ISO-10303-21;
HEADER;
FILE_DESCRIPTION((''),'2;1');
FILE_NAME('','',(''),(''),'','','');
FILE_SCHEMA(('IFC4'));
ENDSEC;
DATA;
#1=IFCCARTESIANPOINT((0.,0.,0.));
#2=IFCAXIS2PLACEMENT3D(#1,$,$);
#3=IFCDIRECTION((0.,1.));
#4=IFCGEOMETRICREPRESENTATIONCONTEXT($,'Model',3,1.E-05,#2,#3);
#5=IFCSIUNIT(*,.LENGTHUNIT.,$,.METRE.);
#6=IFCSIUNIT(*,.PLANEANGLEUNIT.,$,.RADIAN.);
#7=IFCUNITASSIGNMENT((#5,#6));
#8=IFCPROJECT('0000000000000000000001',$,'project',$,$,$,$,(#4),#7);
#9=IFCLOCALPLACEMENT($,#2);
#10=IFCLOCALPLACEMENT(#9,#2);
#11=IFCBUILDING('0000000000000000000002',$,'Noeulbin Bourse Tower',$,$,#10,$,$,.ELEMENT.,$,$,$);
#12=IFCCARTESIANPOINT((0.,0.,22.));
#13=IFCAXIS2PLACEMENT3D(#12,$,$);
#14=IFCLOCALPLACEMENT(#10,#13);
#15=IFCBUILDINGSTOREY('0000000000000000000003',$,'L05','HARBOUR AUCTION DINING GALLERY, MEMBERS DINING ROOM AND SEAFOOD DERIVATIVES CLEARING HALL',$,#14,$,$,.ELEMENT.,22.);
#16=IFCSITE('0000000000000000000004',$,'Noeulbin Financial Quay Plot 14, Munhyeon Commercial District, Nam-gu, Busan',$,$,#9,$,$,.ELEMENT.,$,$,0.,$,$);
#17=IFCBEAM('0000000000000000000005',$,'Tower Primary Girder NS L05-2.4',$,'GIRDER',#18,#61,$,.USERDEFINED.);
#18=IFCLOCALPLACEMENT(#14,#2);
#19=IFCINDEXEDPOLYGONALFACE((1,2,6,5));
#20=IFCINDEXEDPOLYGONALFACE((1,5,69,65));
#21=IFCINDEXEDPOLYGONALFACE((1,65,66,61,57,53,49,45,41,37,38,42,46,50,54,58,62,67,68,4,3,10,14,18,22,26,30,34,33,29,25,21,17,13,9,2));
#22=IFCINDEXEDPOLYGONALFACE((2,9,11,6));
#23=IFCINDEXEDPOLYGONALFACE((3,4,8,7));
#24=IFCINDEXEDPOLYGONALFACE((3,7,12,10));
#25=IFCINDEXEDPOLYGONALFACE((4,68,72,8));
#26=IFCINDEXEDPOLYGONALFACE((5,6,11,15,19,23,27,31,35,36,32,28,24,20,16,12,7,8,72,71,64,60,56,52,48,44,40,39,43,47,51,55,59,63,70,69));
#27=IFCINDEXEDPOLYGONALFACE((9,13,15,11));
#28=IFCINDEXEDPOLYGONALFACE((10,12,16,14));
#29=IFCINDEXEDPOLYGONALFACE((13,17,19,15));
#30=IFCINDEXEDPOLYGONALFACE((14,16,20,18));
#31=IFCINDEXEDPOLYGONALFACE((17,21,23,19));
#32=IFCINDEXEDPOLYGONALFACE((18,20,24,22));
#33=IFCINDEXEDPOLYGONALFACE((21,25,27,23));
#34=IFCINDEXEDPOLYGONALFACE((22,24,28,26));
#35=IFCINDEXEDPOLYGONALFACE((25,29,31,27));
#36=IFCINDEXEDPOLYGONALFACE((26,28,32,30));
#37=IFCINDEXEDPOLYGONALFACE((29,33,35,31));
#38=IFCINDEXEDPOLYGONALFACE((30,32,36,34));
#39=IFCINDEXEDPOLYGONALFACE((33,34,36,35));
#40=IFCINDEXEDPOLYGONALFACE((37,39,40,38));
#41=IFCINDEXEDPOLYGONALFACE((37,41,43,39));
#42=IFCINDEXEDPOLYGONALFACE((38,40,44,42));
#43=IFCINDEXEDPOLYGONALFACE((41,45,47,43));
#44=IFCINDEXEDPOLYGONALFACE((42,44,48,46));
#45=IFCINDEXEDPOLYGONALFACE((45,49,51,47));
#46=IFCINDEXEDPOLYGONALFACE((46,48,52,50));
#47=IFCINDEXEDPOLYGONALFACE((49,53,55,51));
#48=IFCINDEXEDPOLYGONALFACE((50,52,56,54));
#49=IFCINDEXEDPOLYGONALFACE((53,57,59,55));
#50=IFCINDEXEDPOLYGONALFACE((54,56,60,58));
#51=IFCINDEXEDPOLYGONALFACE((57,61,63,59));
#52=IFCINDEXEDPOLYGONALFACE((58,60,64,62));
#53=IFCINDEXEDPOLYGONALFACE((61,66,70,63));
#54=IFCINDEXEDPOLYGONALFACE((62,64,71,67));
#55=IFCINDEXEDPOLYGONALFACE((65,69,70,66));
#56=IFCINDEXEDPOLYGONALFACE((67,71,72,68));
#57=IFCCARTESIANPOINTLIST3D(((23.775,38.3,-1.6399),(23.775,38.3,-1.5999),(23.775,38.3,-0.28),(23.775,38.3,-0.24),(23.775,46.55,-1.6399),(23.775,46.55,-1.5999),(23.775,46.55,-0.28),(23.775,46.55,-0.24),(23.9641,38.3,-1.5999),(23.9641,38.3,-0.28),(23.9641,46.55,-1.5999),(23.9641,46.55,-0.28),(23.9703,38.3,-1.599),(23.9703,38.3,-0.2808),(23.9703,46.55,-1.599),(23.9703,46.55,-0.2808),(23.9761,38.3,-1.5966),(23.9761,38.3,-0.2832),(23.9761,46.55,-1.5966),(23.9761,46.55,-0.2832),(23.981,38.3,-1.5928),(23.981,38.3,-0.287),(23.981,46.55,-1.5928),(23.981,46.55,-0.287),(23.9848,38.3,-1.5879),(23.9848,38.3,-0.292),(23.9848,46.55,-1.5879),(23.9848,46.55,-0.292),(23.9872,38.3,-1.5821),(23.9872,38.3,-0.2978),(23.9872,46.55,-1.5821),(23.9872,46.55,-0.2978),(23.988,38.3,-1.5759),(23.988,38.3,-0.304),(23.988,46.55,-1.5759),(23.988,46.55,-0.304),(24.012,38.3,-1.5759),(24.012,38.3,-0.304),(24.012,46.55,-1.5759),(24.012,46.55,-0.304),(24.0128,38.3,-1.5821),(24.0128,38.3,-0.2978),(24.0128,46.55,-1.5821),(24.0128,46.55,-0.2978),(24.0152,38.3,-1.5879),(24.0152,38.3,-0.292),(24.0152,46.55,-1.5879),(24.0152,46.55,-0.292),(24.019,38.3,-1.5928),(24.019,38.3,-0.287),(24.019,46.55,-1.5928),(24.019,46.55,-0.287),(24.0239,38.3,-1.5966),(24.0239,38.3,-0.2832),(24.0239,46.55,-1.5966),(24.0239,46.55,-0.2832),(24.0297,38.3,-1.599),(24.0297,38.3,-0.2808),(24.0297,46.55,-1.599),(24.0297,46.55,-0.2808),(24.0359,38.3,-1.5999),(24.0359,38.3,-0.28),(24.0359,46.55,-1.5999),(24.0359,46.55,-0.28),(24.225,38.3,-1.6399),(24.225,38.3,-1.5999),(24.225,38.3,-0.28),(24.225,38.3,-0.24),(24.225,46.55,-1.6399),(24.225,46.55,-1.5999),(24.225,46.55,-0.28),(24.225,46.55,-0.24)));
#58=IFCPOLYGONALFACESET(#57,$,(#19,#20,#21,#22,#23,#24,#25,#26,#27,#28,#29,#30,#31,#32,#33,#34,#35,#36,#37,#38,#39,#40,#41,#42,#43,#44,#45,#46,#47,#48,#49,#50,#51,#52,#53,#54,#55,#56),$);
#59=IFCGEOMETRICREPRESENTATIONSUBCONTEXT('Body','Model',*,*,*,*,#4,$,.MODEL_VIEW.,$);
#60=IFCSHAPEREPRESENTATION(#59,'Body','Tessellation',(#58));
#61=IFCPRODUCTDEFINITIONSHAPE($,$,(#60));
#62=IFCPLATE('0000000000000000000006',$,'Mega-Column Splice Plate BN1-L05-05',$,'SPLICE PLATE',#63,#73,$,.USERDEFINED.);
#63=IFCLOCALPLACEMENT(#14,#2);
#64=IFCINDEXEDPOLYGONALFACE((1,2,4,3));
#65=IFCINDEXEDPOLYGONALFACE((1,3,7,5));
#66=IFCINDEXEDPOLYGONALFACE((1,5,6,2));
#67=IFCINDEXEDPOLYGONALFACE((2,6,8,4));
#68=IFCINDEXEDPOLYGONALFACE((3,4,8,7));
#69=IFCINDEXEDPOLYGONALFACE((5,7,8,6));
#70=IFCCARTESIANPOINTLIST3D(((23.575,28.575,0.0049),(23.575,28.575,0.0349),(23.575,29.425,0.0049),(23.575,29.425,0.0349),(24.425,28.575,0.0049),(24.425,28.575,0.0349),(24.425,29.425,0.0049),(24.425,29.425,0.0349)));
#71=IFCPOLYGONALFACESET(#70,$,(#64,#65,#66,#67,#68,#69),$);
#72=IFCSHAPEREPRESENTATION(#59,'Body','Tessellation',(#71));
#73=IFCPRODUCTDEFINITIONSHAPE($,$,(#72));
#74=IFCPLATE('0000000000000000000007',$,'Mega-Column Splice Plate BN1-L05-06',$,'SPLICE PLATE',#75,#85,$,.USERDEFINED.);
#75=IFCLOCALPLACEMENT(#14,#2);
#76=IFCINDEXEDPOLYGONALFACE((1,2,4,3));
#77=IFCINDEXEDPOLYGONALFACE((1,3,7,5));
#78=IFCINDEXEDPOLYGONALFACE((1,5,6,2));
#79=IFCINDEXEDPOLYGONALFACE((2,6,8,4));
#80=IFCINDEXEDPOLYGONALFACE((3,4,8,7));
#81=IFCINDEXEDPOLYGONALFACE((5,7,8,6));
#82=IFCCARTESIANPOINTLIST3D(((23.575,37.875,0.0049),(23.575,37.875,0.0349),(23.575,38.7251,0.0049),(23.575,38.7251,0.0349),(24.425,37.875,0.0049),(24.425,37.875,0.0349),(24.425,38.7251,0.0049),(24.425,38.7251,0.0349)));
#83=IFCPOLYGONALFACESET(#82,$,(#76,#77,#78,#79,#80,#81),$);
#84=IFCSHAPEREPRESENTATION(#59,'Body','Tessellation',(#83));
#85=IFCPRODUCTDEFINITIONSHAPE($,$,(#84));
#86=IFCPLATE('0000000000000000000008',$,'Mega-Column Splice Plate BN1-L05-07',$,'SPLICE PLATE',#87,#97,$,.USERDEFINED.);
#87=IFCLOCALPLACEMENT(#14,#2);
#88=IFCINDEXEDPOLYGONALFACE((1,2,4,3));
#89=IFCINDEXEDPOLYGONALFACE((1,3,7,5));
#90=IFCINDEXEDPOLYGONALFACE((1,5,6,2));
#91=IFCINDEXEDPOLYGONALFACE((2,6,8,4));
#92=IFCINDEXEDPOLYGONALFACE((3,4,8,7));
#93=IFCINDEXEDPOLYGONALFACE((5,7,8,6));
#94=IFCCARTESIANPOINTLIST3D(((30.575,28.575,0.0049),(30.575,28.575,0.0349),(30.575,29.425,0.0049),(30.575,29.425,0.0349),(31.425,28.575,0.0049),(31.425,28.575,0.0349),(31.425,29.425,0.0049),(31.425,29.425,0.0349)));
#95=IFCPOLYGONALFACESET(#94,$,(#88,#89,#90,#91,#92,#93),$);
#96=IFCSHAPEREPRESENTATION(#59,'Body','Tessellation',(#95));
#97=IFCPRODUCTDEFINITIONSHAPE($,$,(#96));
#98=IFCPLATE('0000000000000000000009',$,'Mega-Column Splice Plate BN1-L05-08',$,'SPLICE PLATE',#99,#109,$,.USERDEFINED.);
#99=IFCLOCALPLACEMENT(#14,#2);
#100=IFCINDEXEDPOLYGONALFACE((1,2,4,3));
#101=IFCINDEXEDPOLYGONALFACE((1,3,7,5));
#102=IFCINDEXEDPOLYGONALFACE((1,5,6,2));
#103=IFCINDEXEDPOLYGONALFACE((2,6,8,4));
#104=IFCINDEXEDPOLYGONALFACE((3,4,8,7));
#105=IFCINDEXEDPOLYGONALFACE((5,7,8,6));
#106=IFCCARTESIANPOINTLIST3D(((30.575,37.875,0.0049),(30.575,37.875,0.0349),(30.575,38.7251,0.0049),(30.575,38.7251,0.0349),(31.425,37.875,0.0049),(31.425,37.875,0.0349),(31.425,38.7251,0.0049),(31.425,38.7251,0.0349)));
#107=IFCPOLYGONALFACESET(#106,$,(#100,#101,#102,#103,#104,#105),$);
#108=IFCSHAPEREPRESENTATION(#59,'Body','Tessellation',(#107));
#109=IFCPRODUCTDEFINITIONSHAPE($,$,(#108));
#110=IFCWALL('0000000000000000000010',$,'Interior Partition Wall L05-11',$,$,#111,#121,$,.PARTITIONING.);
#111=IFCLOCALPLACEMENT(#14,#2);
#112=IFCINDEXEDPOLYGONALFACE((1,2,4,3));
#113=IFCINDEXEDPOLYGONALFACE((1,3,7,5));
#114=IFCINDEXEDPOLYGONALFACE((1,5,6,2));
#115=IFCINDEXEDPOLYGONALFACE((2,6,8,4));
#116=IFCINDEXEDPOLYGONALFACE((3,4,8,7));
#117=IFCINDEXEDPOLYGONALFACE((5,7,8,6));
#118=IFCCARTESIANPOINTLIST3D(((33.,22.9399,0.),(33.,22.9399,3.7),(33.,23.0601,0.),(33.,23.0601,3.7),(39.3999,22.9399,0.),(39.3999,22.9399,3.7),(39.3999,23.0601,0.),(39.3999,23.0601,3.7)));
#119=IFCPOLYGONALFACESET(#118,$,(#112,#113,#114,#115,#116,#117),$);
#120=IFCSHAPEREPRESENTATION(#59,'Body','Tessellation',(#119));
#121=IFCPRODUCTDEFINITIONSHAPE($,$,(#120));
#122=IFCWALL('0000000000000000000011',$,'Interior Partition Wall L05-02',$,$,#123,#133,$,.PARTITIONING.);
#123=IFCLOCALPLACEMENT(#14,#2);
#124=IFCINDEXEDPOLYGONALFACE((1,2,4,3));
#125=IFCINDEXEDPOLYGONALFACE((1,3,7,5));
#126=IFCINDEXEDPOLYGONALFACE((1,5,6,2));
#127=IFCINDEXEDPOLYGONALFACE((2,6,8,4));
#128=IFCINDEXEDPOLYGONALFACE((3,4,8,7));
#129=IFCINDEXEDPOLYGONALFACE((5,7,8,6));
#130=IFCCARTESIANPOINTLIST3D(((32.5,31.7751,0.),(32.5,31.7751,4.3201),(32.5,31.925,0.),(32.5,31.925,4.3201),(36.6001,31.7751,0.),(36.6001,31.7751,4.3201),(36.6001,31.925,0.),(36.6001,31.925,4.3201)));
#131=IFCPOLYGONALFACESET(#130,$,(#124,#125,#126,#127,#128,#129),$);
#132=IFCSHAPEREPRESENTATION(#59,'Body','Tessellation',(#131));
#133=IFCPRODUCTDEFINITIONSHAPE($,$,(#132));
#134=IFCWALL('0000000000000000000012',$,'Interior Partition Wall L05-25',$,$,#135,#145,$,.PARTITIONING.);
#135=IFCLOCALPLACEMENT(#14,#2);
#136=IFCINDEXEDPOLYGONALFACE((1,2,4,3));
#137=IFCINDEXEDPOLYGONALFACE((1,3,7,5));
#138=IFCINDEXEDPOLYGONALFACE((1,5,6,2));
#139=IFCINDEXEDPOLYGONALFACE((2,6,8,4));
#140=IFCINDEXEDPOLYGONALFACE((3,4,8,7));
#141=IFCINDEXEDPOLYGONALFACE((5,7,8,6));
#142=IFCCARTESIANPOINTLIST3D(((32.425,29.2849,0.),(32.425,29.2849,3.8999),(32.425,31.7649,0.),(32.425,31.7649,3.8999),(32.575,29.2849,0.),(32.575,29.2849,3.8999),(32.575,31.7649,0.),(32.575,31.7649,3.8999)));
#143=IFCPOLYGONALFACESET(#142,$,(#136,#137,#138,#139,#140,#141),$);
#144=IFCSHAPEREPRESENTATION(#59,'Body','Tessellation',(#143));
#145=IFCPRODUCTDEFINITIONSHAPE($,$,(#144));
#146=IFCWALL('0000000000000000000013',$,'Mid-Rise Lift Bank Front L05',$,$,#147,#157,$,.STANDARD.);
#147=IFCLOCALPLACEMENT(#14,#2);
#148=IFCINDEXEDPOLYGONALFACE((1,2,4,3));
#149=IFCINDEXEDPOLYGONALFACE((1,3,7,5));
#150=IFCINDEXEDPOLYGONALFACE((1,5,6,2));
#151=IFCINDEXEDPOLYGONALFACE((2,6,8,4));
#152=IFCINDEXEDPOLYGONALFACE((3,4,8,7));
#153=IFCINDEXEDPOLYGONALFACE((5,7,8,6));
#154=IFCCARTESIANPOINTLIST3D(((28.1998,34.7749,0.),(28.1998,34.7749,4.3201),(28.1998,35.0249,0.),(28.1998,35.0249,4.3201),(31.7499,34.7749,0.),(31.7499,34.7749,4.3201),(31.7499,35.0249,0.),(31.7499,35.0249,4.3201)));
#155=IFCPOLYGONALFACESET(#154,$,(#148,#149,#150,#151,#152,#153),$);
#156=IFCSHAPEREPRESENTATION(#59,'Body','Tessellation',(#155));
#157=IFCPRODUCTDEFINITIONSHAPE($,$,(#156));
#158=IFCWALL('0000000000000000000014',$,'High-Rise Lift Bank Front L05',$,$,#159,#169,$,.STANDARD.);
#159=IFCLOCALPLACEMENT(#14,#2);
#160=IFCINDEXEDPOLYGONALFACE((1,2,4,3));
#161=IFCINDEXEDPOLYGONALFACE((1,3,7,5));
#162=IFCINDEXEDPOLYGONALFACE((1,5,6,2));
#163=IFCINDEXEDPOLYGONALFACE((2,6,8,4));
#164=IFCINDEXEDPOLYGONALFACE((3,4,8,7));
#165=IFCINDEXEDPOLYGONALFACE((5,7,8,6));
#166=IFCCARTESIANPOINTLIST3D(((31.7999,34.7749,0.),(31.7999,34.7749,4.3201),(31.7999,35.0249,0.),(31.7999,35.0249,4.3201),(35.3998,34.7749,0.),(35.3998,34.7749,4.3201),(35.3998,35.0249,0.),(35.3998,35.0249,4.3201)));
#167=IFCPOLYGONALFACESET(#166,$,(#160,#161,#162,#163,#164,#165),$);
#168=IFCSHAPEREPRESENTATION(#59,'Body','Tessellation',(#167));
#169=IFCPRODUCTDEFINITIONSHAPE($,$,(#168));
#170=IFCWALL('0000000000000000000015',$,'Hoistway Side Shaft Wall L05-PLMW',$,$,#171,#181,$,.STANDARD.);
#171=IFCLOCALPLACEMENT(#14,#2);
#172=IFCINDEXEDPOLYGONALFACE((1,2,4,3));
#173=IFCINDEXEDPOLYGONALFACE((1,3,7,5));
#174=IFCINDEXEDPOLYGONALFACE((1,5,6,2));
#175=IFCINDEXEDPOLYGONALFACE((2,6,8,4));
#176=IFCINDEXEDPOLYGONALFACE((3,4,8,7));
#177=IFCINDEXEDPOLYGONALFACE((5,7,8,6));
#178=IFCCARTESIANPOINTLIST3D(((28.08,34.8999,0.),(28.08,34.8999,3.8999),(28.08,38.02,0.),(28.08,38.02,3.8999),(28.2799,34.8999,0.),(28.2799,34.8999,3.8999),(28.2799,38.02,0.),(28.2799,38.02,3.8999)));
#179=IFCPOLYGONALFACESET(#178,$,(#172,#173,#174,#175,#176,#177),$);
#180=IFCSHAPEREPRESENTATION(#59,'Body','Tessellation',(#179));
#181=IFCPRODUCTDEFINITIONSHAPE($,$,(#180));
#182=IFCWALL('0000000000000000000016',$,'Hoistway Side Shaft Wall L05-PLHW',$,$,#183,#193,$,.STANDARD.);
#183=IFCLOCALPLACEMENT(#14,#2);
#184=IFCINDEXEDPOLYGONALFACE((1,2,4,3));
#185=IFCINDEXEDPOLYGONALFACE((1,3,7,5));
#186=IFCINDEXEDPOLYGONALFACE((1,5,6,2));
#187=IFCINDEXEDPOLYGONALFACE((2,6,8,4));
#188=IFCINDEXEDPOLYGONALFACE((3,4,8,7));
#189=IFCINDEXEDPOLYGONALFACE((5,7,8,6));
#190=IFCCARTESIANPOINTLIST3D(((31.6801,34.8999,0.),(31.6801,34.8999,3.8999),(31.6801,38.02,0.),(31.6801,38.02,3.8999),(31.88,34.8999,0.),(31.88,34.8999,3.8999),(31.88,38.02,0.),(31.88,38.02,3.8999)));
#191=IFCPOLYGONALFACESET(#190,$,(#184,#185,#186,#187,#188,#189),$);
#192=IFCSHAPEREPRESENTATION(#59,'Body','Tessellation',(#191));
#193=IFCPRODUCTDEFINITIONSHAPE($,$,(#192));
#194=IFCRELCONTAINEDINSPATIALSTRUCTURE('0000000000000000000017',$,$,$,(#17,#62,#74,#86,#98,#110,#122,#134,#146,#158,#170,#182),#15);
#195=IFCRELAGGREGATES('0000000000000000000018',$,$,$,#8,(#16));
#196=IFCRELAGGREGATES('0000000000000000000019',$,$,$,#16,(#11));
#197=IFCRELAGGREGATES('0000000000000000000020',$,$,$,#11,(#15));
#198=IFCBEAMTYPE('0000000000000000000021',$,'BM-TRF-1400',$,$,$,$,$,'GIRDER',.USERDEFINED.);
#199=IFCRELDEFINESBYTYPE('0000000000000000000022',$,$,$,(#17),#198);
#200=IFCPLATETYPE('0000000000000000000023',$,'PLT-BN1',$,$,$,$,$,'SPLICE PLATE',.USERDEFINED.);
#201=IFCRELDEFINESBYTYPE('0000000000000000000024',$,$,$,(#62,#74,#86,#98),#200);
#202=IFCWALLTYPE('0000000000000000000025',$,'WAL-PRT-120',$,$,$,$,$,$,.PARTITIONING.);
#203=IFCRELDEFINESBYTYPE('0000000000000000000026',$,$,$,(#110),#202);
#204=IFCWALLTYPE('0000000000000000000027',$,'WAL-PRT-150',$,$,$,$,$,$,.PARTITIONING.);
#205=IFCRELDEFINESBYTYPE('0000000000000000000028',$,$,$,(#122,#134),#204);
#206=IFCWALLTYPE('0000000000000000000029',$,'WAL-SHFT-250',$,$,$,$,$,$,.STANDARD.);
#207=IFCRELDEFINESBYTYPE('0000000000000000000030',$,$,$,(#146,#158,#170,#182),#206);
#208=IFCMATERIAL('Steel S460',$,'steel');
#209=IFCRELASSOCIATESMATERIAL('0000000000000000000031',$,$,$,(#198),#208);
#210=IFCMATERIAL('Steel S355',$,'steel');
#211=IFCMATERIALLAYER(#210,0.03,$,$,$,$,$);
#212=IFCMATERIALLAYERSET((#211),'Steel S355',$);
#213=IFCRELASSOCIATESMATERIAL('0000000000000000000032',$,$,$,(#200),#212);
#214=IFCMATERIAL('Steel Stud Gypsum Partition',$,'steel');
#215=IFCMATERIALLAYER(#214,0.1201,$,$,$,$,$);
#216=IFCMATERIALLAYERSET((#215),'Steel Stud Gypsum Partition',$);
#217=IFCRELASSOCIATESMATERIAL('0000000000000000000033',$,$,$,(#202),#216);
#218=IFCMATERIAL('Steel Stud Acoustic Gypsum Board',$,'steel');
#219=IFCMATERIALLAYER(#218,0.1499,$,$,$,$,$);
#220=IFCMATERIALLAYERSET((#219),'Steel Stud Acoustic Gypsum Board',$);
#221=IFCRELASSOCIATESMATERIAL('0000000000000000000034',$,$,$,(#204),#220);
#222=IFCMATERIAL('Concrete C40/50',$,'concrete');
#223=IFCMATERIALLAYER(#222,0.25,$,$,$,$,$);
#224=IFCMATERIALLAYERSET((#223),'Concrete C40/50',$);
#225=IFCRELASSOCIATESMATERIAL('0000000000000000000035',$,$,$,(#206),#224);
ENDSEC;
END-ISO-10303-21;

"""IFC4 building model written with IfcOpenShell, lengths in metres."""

from ifc_helpers import new_model, si_unit, direction, frame, frame_2d, origin, origin_2d, place, context, subcontext, project, spatial, rectangle, i_section, extrude, material, layer, layer_set, material_profile, profile_set, type_object, element, save


model = new_model("IFC4")

# Units and contexts
model_context = context("Model", 3, precision=1e-05, world=origin(), true_north=direction((0.0, 1.0)))
body_context = subcontext(model_context, "Body", "Model", "MODEL_VIEW")
ifc_project = project(units=[si_unit("LENGTHUNIT", "METRE"), si_unit("PLANEANGLEUNIT", "RADIAN")], contexts=[model_context])

# Site, building, storey
site_placement = place(None, origin())
site = spatial("IfcSite", under=ifc_project, at=site_placement, Name="Noeulbin Financial Quay Plot 14, Munhyeon Commercial District, Nam-gu, Busan", CompositionType="ELEMENT", RefElevation=0.0)
building_placement = place(site_placement, origin())
building = spatial("IfcBuilding", under=site, at=building_placement, Name="Noeulbin Bourse Tower", CompositionType="ELEMENT")
storey_placement = place(building_placement, frame((0.0, 0.0, 22.0)))
storey = spatial("IfcBuildingStorey", under=building, at=storey_placement, Name="L05", Description="HARBOUR AUCTION DINING GALLERY, MEMBERS DINING ROOM AND SEAFOOD DERIVATIVES CLEARING HALL", CompositionType="ELEMENT", Elevation=22.0)

# Shared definitions
ifc_material_1 = material(Name="Steel S460", Category="steel")

# Beam
ifc_material_profile_1 = material_profile(ifc_material_1, i_section(OverallWidth=0.45, OverallDepth=1.3999, WebThickness=0.0239, FlangeThickness=0.04, FilletRadius=0.0239, at=origin_2d()), Name="PG-1400x450x24x40", Category="LoadBearing")
ifc_profile_set_1 = profile_set([ifc_material_profile_1], Name="Steel S460")
beam_type = type_object("IfcBeamType", Name="BM-TRF-1400", ElementType="GIRDER", PredefinedType="USERDEFINED", material=ifc_profile_set_1)
beam_1_placement = place(storey_placement, frame((24.0, 38.3, -0.9399), z_axis=(0.0, 1.0, 0.0), x_axis=(-1.0, 0.0, 0.0)))
element("IfcBeam", 1, at=beam_1_placement, inside=storey, type_object=beam_type, Name="Tower Primary Girder NS L05-2.4", ObjectType="GIRDER", PredefinedType="USERDEFINED", context=body_context, shape_type="SweptSolid", body=[
    extrude(i_section(OverallWidth=0.45, OverallDepth=1.3999, WebThickness=0.0239, FlangeThickness=0.04, FilletRadius=0.0239, at=origin_2d()), origin(), (0.0, 0.0, 1.0), 8.25),
])

# Plates
ifc_material_2 = material(Name="Steel S355", Category="steel")
ifc_layer_1 = layer(ifc_material_2, 0.03)
ifc_layer_set_1 = layer_set([ifc_layer_1], Name="Steel S355")
plate_type = type_object("IfcPlateType", Name="PLT-BN1", ElementType="SPLICE PLATE", PredefinedType="USERDEFINED", material=ifc_layer_set_1)
for number, where, z_axis, x_axis, name in (
    (2, (24.0, 29.0, 0.0049), (0.0, 0.0, 1.0), (1.0, 0.0, 0.0), "Mega-Column Splice Plate BN1-L05-05"),
    (3, (24.0, 38.3, 0.0049), (0.0, 0.0, 1.0), (1.0, 0.0, 0.0), "Mega-Column Splice Plate BN1-L05-06"),
    (4, (31.0, 29.0, 0.0049), (0.0, 0.0, 1.0), (1.0, 0.0, 0.0), "Mega-Column Splice Plate BN1-L05-07"),
    (5, (31.0, 38.3, 0.0049), (0.0, 0.0, 1.0), (1.0, 0.0, 0.0), "Mega-Column Splice Plate BN1-L05-08"),
):
    element("IfcPlate", number, at=place(storey_placement, frame(where, z_axis=z_axis, x_axis=x_axis)), inside=storey, type_object=plate_type, Name=name, ObjectType="SPLICE PLATE", PredefinedType="USERDEFINED", context=body_context, shape_type="SweptSolid", body=[
        extrude(rectangle(XDim=0.8501, YDim=0.8501, at=origin_2d()), origin(), (0.0, 0.0, 1.0), 0.03),
    ])

# Walls
ifc_material_3 = material(Name="Steel Stud Gypsum Partition", Category="steel")
ifc_layer_2 = layer(ifc_material_3, 0.1201)
ifc_layer_set_2 = layer_set([ifc_layer_2], Name="Steel Stud Gypsum Partition")
wall_type_1 = type_object("IfcWallType", Name="WAL-PRT-120", PredefinedType="PARTITIONING", material=ifc_layer_set_2)
wall_1_placement = place(storey_placement, frame((33.0, 23.0, 0.0), z_axis=(0.0, 0.0, 1.0), x_axis=(1.0, 0.0, 0.0)))
element("IfcWall", 6, at=wall_1_placement, inside=storey, type_object=wall_type_1, Name="Interior Partition Wall L05-11", PredefinedType="PARTITIONING", context=body_context, shape_type="SweptSolid", body=[
    extrude(rectangle(XDim=6.3999, YDim=0.1201, at=frame_2d((3.2, 0.0))), origin(), (0.0, 0.0, 1.0), 3.7),
])
ifc_material_4 = material(Name="Steel Stud Acoustic Gypsum Board", Category="steel")
ifc_layer_3 = layer(ifc_material_4, 0.1499)
ifc_layer_set_3 = layer_set([ifc_layer_3], Name="Steel Stud Acoustic Gypsum Board")
wall_type_2 = type_object("IfcWallType", Name="WAL-PRT-150", PredefinedType="PARTITIONING", material=ifc_layer_set_3)
wall_2_placement = place(storey_placement, frame((32.5, 31.8501, 0.0), z_axis=(0.0, 0.0, 1.0), x_axis=(1.0, 0.0, 0.0)))
element("IfcWall", 7, at=wall_2_placement, inside=storey, type_object=wall_type_2, Name="Interior Partition Wall L05-02", PredefinedType="PARTITIONING", context=body_context, shape_type="SweptSolid", body=[
    extrude(rectangle(XDim=4.1001, YDim=0.1499, at=frame_2d((2.05, 0.0))), origin(), (0.0, 0.0, 1.0), 4.3201),
])
wall_3_placement = place(storey_placement, frame((32.5, 29.2849, 0.0), z_axis=(0.0, 0.0, 1.0), x_axis=(0.0, 1.0, 0.0)))
element("IfcWall", 8, at=wall_3_placement, inside=storey, type_object=wall_type_2, Name="Interior Partition Wall L05-25", PredefinedType="PARTITIONING", context=body_context, shape_type="SweptSolid", body=[
    extrude(rectangle(XDim=2.48, YDim=0.1499, at=frame_2d((1.24, 0.0))), origin(), (0.0, 0.0, 1.0), 3.8999),
])
ifc_material_5 = material(Name="Concrete C40/50", Category="concrete")
ifc_layer_4 = layer(ifc_material_5, 0.25)
ifc_layer_set_4 = layer_set([ifc_layer_4], Name="Concrete C40/50")
wall_type_3 = type_object("IfcWallType", Name="WAL-SHFT-250", PredefinedType="STANDARD", material=ifc_layer_set_4)
wall_4_placement = place(storey_placement, frame((28.2, 34.8999, 0.0), z_axis=(0.0, 0.0, 1.0), x_axis=(1.0, 0.0, 0.0)))
element("IfcWall", 9, at=wall_4_placement, inside=storey, type_object=wall_type_3, Name="Mid-Rise Lift Bank Front L05", PredefinedType="STANDARD", context=body_context, shape_type="SweptSolid", body=[
    extrude(rectangle(XDim=3.55, YDim=0.25, at=frame_2d((1.7749, 0.0))), origin(), (0.0, 0.0, 1.0), 4.3201),
])
wall_5_placement = place(storey_placement, frame((31.8, 34.8999, 0.0), z_axis=(0.0, 0.0, 1.0), x_axis=(1.0, 0.0, 0.0)))
element("IfcWall", 10, at=wall_5_placement, inside=storey, type_object=wall_type_3, Name="High-Rise Lift Bank Front L05", PredefinedType="STANDARD", context=body_context, shape_type="SweptSolid", body=[
    extrude(rectangle(XDim=3.5999, YDim=0.25, at=frame_2d((1.7998, 0.0))), origin(), (0.0, 0.0, 1.0), 4.3201),
])
for number, where, z_axis, x_axis, name in (
    (11, (28.1799, 34.8999, 0.0), (0.0, 0.0, 1.0), (0.0, 1.0, 0.0), "Hoistway Side Shaft Wall L05-PLMW"),
    (12, (31.78, 34.8999, 0.0), (0.0, 0.0, 1.0), (0.0, 1.0, 0.0), "Hoistway Side Shaft Wall L05-PLHW"),
):
    element("IfcWall", number, at=place(storey_placement, frame(where, z_axis=z_axis, x_axis=x_axis)), inside=storey, type_object=wall_type_3, Name=name, PredefinedType="STANDARD", context=body_context, shape_type="SweptSolid", body=[
        extrude(rectangle(XDim=3.1201, YDim=0.2, at=frame_2d((1.5601, 0.0))), origin(), (0.0, 0.0, 1.0), 3.8999),
    ])

save(model, "model.ifc")
